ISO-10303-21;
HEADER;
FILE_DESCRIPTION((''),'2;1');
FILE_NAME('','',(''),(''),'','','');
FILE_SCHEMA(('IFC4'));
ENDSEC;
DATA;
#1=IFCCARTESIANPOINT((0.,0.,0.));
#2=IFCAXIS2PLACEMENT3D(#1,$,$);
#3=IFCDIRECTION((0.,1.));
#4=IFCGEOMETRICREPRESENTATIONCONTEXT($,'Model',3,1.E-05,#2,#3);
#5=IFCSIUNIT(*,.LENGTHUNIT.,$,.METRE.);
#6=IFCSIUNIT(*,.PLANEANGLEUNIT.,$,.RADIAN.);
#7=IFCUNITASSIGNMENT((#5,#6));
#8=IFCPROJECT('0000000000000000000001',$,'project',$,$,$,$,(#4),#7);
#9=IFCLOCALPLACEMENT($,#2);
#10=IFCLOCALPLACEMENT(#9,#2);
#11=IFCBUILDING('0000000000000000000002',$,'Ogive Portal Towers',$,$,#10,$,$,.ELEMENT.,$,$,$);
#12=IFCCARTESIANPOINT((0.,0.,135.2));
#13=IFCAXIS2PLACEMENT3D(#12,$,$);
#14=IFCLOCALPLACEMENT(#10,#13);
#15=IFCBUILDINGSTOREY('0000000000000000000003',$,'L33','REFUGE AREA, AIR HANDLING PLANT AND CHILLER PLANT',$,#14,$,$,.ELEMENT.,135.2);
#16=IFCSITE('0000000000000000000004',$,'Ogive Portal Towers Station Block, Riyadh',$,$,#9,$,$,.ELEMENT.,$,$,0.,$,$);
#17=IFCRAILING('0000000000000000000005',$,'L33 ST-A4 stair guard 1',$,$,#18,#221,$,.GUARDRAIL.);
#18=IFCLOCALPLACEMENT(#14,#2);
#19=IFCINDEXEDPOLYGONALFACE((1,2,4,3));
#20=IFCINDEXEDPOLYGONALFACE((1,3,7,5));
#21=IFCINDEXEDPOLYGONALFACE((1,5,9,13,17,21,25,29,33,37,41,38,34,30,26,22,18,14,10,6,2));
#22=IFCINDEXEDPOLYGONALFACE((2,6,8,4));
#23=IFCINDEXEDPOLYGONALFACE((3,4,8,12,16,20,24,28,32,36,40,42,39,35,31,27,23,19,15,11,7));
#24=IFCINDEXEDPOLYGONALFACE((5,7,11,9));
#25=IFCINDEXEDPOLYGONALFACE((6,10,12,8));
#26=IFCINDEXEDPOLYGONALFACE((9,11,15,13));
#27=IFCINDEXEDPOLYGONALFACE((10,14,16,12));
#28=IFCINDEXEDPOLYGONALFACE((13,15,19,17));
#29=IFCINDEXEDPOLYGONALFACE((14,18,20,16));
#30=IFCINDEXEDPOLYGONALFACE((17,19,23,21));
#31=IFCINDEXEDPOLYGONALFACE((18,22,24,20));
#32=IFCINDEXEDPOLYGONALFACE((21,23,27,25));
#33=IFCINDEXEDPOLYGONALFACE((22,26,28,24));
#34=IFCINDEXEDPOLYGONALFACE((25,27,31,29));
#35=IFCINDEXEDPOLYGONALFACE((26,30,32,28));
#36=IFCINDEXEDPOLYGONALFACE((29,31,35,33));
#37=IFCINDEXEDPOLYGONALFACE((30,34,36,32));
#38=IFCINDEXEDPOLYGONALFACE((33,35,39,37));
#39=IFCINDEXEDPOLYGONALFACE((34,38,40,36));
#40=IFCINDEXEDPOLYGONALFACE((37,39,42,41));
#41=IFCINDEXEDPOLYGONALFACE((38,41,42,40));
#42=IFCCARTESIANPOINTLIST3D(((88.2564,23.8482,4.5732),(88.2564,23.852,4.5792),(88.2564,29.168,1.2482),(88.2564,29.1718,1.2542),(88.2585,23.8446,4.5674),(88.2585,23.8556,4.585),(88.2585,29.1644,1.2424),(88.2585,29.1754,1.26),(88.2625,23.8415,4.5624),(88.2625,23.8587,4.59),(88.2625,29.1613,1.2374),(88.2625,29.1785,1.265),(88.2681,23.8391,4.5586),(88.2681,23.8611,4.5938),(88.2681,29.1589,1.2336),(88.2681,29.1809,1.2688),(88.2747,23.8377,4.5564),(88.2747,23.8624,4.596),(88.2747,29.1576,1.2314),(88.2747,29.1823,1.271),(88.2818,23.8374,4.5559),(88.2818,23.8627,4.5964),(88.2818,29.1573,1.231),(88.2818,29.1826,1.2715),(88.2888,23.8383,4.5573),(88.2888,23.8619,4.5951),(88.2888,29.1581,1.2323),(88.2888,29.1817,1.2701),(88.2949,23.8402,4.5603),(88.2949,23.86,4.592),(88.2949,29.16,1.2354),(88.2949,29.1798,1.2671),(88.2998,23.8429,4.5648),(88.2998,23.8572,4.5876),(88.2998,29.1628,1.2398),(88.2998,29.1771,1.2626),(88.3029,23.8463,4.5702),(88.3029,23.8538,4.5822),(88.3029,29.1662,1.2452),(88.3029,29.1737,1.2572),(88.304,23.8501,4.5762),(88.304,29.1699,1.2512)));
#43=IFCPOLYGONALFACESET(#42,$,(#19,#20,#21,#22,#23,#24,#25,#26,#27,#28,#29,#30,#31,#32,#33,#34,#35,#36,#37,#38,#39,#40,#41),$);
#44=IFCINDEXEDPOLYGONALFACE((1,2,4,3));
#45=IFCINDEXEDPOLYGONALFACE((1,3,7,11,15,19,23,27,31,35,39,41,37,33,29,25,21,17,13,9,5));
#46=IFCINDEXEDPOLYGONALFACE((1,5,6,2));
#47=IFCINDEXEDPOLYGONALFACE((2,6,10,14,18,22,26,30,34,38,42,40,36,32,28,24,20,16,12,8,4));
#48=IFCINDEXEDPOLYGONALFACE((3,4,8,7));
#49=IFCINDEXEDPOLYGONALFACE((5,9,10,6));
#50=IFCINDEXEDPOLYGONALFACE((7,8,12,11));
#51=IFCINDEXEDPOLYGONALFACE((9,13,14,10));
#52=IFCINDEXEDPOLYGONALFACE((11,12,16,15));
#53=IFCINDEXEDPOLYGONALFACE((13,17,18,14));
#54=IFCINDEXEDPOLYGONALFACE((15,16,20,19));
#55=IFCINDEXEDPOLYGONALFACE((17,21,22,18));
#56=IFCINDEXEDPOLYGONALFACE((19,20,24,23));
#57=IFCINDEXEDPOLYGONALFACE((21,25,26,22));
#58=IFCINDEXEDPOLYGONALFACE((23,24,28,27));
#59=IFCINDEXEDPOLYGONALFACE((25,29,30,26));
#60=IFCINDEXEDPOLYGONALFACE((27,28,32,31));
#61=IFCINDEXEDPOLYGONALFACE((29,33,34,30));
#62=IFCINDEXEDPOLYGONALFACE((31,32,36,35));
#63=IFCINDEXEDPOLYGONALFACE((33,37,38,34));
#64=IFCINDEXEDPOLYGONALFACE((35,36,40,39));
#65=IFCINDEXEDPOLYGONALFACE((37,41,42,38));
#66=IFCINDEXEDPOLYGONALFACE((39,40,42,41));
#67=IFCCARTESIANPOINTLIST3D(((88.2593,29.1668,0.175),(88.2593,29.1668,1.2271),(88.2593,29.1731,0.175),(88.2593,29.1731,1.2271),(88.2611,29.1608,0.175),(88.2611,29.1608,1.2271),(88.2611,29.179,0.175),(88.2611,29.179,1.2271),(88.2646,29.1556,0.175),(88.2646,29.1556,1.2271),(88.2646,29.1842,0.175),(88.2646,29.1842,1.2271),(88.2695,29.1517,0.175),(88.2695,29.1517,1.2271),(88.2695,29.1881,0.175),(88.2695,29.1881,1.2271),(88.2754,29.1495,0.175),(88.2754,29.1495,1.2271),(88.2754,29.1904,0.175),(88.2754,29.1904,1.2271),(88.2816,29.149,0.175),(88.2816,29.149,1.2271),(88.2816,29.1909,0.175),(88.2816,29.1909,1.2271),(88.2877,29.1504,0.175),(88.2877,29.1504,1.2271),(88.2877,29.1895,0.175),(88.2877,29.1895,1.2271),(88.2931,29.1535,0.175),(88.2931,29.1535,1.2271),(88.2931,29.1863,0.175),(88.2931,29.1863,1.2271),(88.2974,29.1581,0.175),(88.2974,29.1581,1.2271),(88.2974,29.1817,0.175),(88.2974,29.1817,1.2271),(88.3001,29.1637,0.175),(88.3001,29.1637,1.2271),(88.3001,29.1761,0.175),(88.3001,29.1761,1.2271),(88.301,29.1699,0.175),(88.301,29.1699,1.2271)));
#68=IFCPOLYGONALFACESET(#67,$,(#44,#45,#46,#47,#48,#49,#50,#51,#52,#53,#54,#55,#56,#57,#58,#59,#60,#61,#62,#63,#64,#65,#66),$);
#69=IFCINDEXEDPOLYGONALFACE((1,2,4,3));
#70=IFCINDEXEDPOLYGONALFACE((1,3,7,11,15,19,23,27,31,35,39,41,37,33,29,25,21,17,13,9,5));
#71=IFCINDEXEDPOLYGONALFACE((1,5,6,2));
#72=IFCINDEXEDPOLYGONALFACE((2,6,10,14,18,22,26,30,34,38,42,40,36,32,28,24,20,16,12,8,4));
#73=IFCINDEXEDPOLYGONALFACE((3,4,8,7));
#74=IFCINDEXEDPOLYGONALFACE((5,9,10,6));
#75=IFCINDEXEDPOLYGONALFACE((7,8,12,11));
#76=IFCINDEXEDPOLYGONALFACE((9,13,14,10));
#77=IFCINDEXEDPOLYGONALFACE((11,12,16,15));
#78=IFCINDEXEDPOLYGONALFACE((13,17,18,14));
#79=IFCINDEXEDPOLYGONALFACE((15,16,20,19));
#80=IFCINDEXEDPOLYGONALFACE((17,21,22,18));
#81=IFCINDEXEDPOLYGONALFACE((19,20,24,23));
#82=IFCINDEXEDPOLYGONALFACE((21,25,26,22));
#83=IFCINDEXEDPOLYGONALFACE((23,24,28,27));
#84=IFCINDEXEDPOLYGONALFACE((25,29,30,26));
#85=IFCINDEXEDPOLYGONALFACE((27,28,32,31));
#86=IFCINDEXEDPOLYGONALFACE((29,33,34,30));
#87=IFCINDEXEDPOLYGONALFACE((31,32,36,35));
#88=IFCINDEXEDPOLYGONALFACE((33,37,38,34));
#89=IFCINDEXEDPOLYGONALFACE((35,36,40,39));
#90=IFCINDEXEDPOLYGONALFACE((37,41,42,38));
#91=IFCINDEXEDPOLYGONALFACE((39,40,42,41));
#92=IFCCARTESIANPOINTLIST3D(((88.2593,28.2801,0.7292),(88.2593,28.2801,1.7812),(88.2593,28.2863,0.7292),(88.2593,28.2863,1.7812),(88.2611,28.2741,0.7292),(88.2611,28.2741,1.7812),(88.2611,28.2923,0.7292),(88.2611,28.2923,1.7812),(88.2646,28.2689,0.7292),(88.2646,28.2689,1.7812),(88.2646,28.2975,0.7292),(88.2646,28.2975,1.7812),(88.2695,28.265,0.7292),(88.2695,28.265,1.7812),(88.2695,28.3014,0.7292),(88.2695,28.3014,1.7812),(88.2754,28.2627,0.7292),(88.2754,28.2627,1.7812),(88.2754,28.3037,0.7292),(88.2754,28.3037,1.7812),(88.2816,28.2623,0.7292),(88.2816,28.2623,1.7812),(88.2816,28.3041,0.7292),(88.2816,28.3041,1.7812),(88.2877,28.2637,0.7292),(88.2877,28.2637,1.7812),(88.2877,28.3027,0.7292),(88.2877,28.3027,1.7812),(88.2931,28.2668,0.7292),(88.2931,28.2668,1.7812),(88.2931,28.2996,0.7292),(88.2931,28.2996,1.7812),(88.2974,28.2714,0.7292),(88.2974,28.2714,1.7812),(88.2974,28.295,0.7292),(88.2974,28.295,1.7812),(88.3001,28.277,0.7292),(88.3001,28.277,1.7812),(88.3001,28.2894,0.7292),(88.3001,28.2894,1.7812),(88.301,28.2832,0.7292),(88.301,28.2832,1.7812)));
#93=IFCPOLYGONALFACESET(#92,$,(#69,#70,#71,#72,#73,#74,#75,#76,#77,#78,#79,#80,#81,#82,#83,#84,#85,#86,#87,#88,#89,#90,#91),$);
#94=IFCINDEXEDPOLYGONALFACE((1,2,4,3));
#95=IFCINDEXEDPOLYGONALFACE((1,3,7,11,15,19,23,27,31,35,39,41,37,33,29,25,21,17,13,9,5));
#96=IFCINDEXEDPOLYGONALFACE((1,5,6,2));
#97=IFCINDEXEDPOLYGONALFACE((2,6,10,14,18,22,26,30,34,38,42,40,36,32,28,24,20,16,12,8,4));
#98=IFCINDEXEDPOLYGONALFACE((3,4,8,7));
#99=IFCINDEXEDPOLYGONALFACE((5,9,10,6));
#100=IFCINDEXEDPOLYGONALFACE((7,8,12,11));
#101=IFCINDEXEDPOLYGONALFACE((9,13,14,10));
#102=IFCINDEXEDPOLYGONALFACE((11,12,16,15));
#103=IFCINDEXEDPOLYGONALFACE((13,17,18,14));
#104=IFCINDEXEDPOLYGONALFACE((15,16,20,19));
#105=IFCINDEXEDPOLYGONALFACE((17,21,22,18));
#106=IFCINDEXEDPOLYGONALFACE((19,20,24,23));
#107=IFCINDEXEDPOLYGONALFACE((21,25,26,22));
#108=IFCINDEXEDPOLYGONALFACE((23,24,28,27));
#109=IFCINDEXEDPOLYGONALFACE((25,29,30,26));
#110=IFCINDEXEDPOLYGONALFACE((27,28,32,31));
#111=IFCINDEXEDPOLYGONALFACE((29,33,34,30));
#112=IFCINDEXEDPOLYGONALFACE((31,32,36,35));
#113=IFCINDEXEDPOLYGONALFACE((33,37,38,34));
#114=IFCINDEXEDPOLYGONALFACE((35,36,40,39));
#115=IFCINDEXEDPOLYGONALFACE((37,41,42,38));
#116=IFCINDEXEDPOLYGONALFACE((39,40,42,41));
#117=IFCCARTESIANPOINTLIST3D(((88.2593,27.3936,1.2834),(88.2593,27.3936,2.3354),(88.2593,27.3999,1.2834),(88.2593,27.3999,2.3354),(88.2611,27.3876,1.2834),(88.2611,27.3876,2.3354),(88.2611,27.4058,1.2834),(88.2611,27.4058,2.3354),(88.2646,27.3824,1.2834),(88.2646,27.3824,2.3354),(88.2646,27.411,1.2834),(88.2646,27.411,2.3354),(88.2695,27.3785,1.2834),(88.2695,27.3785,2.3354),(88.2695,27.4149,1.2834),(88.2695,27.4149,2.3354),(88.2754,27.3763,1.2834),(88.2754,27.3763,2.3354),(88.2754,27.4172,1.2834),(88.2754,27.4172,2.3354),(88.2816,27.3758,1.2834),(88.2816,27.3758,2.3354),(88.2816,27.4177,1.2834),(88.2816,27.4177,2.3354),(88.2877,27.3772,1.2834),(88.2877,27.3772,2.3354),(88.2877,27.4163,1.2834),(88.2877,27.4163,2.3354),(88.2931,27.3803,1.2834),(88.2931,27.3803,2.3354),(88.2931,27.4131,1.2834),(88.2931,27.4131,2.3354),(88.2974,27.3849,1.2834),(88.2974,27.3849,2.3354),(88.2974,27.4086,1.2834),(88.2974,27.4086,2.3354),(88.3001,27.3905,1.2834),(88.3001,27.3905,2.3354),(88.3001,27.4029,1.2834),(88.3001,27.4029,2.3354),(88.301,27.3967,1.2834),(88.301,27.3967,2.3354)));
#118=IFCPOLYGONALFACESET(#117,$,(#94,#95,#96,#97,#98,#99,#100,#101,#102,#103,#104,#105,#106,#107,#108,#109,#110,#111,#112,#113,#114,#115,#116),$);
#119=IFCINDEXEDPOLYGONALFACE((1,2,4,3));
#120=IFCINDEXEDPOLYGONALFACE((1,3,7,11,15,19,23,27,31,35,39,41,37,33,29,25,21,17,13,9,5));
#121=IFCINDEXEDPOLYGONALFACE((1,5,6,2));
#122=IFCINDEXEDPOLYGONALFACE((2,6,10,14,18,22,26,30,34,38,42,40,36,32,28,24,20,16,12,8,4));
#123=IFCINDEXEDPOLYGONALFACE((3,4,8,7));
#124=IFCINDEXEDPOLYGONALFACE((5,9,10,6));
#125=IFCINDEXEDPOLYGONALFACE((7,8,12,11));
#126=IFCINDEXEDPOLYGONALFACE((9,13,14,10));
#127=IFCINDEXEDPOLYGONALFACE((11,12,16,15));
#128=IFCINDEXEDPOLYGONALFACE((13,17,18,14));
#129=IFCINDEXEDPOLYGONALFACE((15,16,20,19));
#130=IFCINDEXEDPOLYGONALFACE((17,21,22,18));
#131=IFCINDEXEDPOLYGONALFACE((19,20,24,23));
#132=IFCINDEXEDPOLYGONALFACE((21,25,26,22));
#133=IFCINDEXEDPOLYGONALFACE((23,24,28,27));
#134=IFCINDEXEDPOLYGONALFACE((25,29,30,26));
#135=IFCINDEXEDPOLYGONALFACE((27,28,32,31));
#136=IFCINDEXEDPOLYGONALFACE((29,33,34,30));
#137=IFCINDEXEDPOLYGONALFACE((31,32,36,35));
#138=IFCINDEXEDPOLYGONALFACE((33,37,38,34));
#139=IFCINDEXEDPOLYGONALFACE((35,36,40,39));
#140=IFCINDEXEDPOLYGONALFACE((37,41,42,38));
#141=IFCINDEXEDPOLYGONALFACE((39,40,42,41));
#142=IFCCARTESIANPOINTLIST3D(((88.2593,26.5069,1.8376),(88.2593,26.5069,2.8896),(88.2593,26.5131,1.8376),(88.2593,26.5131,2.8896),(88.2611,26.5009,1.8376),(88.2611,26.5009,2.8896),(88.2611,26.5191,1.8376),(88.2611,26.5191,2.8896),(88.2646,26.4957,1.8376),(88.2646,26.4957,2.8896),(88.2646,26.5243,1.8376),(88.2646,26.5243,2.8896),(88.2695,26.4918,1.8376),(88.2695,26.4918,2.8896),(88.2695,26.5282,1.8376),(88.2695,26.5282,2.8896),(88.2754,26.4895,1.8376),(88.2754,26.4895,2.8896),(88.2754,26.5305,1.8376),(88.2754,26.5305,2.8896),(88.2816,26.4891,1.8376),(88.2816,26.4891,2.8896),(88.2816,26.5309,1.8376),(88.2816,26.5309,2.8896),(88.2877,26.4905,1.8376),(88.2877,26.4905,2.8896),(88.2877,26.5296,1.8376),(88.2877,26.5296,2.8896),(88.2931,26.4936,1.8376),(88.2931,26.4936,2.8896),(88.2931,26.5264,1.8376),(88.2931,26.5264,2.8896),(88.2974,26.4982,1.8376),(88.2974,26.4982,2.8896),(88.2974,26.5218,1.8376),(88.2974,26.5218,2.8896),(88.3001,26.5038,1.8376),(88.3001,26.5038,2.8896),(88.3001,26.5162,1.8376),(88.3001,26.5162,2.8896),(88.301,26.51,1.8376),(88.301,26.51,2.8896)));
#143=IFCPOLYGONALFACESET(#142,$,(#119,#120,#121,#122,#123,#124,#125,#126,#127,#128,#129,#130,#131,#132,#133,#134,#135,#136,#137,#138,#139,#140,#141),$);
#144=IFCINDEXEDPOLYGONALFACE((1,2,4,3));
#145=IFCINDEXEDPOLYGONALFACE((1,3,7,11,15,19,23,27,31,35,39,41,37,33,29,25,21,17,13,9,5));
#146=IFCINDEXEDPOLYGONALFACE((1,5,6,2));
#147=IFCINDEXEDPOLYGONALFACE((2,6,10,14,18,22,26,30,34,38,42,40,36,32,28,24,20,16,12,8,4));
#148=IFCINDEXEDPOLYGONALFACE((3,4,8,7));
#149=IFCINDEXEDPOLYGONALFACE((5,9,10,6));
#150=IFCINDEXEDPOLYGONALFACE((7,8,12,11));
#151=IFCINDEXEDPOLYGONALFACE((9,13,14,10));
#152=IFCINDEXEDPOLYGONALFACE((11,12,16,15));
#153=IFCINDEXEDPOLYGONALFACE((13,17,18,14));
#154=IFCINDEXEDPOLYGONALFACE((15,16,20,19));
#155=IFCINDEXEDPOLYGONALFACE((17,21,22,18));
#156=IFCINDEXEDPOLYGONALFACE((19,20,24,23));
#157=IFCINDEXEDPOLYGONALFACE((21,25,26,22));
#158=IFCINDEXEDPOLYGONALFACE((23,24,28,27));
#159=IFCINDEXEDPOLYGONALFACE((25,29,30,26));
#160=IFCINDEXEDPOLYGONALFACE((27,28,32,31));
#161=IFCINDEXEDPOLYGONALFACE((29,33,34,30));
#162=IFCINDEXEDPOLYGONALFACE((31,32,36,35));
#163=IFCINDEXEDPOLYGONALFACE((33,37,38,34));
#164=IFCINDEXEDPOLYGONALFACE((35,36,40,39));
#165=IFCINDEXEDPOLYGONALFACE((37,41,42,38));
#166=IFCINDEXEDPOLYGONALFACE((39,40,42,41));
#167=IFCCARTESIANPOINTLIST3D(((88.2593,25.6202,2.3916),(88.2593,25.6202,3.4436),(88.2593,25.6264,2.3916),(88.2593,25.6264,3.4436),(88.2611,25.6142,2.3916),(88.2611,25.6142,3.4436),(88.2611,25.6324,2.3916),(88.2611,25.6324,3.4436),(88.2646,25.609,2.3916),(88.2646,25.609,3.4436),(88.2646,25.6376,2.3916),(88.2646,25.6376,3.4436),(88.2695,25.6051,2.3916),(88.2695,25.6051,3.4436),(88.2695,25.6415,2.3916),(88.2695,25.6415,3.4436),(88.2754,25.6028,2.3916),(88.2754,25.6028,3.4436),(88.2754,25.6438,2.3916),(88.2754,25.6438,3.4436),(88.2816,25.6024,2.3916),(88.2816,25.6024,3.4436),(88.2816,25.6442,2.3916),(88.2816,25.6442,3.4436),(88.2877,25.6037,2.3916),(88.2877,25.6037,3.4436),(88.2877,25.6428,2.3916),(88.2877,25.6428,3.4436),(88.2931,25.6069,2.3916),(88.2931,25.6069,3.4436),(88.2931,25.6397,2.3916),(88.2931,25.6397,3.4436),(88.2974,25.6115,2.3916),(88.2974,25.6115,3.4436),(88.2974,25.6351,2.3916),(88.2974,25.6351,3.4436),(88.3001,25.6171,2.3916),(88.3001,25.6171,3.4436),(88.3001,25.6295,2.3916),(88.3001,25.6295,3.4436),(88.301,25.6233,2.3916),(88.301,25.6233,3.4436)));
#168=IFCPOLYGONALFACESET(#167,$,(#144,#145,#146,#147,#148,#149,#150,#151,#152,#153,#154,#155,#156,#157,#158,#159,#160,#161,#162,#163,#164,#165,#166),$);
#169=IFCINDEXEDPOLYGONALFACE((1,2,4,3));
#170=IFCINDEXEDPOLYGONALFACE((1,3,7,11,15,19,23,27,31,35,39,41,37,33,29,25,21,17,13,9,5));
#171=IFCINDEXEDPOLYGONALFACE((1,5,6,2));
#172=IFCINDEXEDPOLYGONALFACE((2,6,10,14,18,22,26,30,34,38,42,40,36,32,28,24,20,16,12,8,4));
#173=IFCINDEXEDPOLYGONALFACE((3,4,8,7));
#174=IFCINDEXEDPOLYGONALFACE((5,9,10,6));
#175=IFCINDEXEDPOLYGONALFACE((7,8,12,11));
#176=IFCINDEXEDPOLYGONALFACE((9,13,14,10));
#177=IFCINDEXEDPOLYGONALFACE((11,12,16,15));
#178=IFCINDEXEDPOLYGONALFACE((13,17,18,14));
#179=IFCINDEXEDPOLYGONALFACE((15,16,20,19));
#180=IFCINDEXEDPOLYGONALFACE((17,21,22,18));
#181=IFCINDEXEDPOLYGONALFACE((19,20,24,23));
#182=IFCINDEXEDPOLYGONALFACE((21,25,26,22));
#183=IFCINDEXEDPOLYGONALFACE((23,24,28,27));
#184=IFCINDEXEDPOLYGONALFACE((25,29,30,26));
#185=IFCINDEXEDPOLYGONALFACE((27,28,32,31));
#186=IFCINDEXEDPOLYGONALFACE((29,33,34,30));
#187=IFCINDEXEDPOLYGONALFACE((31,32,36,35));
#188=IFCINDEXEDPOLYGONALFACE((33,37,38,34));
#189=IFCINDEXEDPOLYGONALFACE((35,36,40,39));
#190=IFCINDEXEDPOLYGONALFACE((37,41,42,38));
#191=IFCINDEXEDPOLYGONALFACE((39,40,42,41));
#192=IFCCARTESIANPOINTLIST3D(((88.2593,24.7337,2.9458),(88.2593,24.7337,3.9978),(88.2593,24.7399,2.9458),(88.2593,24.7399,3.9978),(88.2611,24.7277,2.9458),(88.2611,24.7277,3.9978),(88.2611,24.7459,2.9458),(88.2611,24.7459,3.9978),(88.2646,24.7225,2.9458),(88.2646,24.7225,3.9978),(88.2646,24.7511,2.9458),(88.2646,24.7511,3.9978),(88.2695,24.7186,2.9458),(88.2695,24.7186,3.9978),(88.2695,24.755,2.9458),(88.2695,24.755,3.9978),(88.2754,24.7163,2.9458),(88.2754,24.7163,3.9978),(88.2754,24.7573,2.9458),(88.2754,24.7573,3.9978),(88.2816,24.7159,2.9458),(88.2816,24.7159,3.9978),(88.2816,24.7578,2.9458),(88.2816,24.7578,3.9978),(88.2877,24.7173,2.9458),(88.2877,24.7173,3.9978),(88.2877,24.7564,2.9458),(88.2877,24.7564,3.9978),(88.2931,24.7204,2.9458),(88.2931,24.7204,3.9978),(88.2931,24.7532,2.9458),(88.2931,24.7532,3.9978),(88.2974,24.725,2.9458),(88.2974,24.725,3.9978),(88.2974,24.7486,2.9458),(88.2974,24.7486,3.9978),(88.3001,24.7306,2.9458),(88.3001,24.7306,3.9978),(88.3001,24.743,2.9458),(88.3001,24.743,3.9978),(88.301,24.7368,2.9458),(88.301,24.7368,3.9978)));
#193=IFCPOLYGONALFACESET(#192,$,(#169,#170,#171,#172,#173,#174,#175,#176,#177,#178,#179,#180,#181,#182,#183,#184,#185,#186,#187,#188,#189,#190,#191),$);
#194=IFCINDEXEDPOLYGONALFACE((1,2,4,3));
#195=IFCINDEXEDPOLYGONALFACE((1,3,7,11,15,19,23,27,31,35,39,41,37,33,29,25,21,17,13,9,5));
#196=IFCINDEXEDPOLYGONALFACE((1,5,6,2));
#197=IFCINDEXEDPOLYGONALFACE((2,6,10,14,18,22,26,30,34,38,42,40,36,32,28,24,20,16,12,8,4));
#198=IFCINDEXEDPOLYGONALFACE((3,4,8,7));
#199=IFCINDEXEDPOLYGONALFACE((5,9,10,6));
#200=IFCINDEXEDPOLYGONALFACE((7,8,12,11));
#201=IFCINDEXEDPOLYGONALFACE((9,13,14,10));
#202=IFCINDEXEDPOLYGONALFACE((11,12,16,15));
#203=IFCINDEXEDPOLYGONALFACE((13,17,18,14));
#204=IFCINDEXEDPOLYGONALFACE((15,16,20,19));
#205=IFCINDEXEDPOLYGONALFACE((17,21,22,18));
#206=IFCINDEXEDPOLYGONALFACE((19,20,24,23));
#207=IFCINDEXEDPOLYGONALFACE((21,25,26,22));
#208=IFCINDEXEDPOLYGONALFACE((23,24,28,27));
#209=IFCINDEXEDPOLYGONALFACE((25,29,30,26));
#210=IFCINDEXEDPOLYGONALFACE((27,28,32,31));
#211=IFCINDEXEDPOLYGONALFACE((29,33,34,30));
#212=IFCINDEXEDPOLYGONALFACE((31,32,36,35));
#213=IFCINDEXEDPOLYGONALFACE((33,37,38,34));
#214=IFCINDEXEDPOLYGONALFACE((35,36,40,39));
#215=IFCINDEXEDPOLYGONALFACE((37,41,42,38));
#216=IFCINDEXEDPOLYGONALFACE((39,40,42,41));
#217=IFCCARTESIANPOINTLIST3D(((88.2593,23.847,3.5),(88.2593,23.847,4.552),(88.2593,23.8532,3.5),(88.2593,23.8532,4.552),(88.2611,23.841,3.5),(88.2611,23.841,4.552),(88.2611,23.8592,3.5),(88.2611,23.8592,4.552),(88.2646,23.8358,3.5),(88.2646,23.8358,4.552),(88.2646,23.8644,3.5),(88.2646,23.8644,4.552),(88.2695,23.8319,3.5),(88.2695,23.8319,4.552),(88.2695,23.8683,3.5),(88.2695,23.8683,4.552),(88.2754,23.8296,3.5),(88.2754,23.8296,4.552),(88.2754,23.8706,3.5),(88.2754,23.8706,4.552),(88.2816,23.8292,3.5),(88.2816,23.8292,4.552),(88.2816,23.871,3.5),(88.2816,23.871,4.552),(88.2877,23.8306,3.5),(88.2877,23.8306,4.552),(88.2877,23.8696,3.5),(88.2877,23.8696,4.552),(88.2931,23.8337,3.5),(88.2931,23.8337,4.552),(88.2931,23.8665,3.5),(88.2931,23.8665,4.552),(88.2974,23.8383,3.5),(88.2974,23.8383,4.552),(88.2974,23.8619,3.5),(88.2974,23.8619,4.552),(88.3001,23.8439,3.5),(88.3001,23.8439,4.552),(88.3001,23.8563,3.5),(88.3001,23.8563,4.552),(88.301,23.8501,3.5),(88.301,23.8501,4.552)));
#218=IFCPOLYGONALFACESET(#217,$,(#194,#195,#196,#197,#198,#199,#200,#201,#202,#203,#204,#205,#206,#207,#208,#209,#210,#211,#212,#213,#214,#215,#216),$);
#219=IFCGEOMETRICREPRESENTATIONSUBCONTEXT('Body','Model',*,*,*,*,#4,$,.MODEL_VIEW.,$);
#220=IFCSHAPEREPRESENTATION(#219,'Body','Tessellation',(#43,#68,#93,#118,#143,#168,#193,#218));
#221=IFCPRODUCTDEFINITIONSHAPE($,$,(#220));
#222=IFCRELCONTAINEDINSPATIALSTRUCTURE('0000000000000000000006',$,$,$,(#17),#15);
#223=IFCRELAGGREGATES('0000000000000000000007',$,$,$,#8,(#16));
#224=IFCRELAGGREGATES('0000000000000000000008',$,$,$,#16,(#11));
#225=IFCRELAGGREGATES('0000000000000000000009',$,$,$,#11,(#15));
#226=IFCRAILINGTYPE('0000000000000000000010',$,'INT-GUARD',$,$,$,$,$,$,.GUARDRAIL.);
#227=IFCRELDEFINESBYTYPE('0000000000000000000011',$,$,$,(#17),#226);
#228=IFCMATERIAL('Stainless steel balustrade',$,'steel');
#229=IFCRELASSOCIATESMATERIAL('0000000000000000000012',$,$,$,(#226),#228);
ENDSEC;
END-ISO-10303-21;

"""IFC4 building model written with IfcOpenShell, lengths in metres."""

from ifc_helpers import new_model, si_unit, direction, frame, origin, origin_2d, place, context, subcontext, project, spatial, circle, extrude, material, type_object, element, save


model = new_model("IFC4")

# Units and contexts
model_context = context("Model", 3, precision=1e-05, world=origin(), true_north=direction((0.0, 1.0)))
body_context = subcontext(model_context, "Body", "Model", "MODEL_VIEW")
ifc_project = project(units=[si_unit("LENGTHUNIT", "METRE"), si_unit("PLANEANGLEUNIT", "RADIAN")], contexts=[model_context])

# Site, building, storey
site_placement = place(None, origin())
site = spatial("IfcSite", under=ifc_project, at=site_placement, Name="Ogive Portal Towers Station Block, Riyadh", CompositionType="ELEMENT", RefElevation=0.0)
building_placement = place(site_placement, origin())
building = spatial("IfcBuilding", under=site, at=building_placement, Name="Ogive Portal Towers", CompositionType="ELEMENT")
storey_placement = place(building_placement, frame((0.0, 0.0, 135.2)))
storey = spatial("IfcBuildingStorey", under=building, at=storey_placement, Name="L33", Description="REFUGE AREA, AIR HANDLING PLANT AND CHILLER PLANT", CompositionType="ELEMENT", Elevation=135.2)

# Railing
ifc_material_1 = material(Name="Stainless steel balustrade", Category="steel")
railing_type_1 = type_object("IfcRailingType", Name="INT-GUARD", PredefinedType="GUARDRAIL", material=ifc_material_1)
railing_1_placement = place(storey_placement, frame((88.28, 29.1699, 0.175)))
element("IfcRailing", 1, at=railing_1_placement, inside=storey, type_object=railing_type_1, Name="L33 ST-A4 stair guard 1", PredefinedType="GUARDRAIL", context=body_context, shape_type="SweptSolid", body=[
    extrude(circle(Radius=0.0239, at=origin_2d()), frame((0.0, 0.0, 1.0762), z_axis=(0.0, -0.847994, 0.530006), x_axis=(1.0, 0.0, 0.0)), (0.0, 0.0, 1.0), 6.2734),
    extrude(circle(Radius=0.021, at=origin_2d()), origin(), (0.0, 0.0, 1.0), 1.052),
    extrude(circle(Radius=0.021, at=origin_2d()), frame((0.0, -0.8867, 0.5542)), (0.0, 0.0, 1.0), 1.052),
    extrude(circle(Radius=0.021, at=origin_2d()), frame((0.0, -1.7732, 1.1084)), (0.0, 0.0, 1.0), 1.052),
    extrude(circle(Radius=0.021, at=origin_2d()), frame((0.0, -2.6599, 1.6626)), (0.0, 0.0, 1.0), 1.052),
    extrude(circle(Radius=0.021, at=origin_2d()), frame((0.0, -3.5466, 2.2166)), (0.0, 0.0, 1.0), 1.052),
    extrude(circle(Radius=0.021, at=origin_2d()), frame((0.0, -4.4331, 2.7708)), (0.0, 0.0, 1.0), 1.052),
    extrude(circle(Radius=0.021, at=origin_2d()), frame((0.0, -5.3198, 3.325)), (0.0, 0.0, 1.0), 1.052),
])

save(model, "model.ifc")
